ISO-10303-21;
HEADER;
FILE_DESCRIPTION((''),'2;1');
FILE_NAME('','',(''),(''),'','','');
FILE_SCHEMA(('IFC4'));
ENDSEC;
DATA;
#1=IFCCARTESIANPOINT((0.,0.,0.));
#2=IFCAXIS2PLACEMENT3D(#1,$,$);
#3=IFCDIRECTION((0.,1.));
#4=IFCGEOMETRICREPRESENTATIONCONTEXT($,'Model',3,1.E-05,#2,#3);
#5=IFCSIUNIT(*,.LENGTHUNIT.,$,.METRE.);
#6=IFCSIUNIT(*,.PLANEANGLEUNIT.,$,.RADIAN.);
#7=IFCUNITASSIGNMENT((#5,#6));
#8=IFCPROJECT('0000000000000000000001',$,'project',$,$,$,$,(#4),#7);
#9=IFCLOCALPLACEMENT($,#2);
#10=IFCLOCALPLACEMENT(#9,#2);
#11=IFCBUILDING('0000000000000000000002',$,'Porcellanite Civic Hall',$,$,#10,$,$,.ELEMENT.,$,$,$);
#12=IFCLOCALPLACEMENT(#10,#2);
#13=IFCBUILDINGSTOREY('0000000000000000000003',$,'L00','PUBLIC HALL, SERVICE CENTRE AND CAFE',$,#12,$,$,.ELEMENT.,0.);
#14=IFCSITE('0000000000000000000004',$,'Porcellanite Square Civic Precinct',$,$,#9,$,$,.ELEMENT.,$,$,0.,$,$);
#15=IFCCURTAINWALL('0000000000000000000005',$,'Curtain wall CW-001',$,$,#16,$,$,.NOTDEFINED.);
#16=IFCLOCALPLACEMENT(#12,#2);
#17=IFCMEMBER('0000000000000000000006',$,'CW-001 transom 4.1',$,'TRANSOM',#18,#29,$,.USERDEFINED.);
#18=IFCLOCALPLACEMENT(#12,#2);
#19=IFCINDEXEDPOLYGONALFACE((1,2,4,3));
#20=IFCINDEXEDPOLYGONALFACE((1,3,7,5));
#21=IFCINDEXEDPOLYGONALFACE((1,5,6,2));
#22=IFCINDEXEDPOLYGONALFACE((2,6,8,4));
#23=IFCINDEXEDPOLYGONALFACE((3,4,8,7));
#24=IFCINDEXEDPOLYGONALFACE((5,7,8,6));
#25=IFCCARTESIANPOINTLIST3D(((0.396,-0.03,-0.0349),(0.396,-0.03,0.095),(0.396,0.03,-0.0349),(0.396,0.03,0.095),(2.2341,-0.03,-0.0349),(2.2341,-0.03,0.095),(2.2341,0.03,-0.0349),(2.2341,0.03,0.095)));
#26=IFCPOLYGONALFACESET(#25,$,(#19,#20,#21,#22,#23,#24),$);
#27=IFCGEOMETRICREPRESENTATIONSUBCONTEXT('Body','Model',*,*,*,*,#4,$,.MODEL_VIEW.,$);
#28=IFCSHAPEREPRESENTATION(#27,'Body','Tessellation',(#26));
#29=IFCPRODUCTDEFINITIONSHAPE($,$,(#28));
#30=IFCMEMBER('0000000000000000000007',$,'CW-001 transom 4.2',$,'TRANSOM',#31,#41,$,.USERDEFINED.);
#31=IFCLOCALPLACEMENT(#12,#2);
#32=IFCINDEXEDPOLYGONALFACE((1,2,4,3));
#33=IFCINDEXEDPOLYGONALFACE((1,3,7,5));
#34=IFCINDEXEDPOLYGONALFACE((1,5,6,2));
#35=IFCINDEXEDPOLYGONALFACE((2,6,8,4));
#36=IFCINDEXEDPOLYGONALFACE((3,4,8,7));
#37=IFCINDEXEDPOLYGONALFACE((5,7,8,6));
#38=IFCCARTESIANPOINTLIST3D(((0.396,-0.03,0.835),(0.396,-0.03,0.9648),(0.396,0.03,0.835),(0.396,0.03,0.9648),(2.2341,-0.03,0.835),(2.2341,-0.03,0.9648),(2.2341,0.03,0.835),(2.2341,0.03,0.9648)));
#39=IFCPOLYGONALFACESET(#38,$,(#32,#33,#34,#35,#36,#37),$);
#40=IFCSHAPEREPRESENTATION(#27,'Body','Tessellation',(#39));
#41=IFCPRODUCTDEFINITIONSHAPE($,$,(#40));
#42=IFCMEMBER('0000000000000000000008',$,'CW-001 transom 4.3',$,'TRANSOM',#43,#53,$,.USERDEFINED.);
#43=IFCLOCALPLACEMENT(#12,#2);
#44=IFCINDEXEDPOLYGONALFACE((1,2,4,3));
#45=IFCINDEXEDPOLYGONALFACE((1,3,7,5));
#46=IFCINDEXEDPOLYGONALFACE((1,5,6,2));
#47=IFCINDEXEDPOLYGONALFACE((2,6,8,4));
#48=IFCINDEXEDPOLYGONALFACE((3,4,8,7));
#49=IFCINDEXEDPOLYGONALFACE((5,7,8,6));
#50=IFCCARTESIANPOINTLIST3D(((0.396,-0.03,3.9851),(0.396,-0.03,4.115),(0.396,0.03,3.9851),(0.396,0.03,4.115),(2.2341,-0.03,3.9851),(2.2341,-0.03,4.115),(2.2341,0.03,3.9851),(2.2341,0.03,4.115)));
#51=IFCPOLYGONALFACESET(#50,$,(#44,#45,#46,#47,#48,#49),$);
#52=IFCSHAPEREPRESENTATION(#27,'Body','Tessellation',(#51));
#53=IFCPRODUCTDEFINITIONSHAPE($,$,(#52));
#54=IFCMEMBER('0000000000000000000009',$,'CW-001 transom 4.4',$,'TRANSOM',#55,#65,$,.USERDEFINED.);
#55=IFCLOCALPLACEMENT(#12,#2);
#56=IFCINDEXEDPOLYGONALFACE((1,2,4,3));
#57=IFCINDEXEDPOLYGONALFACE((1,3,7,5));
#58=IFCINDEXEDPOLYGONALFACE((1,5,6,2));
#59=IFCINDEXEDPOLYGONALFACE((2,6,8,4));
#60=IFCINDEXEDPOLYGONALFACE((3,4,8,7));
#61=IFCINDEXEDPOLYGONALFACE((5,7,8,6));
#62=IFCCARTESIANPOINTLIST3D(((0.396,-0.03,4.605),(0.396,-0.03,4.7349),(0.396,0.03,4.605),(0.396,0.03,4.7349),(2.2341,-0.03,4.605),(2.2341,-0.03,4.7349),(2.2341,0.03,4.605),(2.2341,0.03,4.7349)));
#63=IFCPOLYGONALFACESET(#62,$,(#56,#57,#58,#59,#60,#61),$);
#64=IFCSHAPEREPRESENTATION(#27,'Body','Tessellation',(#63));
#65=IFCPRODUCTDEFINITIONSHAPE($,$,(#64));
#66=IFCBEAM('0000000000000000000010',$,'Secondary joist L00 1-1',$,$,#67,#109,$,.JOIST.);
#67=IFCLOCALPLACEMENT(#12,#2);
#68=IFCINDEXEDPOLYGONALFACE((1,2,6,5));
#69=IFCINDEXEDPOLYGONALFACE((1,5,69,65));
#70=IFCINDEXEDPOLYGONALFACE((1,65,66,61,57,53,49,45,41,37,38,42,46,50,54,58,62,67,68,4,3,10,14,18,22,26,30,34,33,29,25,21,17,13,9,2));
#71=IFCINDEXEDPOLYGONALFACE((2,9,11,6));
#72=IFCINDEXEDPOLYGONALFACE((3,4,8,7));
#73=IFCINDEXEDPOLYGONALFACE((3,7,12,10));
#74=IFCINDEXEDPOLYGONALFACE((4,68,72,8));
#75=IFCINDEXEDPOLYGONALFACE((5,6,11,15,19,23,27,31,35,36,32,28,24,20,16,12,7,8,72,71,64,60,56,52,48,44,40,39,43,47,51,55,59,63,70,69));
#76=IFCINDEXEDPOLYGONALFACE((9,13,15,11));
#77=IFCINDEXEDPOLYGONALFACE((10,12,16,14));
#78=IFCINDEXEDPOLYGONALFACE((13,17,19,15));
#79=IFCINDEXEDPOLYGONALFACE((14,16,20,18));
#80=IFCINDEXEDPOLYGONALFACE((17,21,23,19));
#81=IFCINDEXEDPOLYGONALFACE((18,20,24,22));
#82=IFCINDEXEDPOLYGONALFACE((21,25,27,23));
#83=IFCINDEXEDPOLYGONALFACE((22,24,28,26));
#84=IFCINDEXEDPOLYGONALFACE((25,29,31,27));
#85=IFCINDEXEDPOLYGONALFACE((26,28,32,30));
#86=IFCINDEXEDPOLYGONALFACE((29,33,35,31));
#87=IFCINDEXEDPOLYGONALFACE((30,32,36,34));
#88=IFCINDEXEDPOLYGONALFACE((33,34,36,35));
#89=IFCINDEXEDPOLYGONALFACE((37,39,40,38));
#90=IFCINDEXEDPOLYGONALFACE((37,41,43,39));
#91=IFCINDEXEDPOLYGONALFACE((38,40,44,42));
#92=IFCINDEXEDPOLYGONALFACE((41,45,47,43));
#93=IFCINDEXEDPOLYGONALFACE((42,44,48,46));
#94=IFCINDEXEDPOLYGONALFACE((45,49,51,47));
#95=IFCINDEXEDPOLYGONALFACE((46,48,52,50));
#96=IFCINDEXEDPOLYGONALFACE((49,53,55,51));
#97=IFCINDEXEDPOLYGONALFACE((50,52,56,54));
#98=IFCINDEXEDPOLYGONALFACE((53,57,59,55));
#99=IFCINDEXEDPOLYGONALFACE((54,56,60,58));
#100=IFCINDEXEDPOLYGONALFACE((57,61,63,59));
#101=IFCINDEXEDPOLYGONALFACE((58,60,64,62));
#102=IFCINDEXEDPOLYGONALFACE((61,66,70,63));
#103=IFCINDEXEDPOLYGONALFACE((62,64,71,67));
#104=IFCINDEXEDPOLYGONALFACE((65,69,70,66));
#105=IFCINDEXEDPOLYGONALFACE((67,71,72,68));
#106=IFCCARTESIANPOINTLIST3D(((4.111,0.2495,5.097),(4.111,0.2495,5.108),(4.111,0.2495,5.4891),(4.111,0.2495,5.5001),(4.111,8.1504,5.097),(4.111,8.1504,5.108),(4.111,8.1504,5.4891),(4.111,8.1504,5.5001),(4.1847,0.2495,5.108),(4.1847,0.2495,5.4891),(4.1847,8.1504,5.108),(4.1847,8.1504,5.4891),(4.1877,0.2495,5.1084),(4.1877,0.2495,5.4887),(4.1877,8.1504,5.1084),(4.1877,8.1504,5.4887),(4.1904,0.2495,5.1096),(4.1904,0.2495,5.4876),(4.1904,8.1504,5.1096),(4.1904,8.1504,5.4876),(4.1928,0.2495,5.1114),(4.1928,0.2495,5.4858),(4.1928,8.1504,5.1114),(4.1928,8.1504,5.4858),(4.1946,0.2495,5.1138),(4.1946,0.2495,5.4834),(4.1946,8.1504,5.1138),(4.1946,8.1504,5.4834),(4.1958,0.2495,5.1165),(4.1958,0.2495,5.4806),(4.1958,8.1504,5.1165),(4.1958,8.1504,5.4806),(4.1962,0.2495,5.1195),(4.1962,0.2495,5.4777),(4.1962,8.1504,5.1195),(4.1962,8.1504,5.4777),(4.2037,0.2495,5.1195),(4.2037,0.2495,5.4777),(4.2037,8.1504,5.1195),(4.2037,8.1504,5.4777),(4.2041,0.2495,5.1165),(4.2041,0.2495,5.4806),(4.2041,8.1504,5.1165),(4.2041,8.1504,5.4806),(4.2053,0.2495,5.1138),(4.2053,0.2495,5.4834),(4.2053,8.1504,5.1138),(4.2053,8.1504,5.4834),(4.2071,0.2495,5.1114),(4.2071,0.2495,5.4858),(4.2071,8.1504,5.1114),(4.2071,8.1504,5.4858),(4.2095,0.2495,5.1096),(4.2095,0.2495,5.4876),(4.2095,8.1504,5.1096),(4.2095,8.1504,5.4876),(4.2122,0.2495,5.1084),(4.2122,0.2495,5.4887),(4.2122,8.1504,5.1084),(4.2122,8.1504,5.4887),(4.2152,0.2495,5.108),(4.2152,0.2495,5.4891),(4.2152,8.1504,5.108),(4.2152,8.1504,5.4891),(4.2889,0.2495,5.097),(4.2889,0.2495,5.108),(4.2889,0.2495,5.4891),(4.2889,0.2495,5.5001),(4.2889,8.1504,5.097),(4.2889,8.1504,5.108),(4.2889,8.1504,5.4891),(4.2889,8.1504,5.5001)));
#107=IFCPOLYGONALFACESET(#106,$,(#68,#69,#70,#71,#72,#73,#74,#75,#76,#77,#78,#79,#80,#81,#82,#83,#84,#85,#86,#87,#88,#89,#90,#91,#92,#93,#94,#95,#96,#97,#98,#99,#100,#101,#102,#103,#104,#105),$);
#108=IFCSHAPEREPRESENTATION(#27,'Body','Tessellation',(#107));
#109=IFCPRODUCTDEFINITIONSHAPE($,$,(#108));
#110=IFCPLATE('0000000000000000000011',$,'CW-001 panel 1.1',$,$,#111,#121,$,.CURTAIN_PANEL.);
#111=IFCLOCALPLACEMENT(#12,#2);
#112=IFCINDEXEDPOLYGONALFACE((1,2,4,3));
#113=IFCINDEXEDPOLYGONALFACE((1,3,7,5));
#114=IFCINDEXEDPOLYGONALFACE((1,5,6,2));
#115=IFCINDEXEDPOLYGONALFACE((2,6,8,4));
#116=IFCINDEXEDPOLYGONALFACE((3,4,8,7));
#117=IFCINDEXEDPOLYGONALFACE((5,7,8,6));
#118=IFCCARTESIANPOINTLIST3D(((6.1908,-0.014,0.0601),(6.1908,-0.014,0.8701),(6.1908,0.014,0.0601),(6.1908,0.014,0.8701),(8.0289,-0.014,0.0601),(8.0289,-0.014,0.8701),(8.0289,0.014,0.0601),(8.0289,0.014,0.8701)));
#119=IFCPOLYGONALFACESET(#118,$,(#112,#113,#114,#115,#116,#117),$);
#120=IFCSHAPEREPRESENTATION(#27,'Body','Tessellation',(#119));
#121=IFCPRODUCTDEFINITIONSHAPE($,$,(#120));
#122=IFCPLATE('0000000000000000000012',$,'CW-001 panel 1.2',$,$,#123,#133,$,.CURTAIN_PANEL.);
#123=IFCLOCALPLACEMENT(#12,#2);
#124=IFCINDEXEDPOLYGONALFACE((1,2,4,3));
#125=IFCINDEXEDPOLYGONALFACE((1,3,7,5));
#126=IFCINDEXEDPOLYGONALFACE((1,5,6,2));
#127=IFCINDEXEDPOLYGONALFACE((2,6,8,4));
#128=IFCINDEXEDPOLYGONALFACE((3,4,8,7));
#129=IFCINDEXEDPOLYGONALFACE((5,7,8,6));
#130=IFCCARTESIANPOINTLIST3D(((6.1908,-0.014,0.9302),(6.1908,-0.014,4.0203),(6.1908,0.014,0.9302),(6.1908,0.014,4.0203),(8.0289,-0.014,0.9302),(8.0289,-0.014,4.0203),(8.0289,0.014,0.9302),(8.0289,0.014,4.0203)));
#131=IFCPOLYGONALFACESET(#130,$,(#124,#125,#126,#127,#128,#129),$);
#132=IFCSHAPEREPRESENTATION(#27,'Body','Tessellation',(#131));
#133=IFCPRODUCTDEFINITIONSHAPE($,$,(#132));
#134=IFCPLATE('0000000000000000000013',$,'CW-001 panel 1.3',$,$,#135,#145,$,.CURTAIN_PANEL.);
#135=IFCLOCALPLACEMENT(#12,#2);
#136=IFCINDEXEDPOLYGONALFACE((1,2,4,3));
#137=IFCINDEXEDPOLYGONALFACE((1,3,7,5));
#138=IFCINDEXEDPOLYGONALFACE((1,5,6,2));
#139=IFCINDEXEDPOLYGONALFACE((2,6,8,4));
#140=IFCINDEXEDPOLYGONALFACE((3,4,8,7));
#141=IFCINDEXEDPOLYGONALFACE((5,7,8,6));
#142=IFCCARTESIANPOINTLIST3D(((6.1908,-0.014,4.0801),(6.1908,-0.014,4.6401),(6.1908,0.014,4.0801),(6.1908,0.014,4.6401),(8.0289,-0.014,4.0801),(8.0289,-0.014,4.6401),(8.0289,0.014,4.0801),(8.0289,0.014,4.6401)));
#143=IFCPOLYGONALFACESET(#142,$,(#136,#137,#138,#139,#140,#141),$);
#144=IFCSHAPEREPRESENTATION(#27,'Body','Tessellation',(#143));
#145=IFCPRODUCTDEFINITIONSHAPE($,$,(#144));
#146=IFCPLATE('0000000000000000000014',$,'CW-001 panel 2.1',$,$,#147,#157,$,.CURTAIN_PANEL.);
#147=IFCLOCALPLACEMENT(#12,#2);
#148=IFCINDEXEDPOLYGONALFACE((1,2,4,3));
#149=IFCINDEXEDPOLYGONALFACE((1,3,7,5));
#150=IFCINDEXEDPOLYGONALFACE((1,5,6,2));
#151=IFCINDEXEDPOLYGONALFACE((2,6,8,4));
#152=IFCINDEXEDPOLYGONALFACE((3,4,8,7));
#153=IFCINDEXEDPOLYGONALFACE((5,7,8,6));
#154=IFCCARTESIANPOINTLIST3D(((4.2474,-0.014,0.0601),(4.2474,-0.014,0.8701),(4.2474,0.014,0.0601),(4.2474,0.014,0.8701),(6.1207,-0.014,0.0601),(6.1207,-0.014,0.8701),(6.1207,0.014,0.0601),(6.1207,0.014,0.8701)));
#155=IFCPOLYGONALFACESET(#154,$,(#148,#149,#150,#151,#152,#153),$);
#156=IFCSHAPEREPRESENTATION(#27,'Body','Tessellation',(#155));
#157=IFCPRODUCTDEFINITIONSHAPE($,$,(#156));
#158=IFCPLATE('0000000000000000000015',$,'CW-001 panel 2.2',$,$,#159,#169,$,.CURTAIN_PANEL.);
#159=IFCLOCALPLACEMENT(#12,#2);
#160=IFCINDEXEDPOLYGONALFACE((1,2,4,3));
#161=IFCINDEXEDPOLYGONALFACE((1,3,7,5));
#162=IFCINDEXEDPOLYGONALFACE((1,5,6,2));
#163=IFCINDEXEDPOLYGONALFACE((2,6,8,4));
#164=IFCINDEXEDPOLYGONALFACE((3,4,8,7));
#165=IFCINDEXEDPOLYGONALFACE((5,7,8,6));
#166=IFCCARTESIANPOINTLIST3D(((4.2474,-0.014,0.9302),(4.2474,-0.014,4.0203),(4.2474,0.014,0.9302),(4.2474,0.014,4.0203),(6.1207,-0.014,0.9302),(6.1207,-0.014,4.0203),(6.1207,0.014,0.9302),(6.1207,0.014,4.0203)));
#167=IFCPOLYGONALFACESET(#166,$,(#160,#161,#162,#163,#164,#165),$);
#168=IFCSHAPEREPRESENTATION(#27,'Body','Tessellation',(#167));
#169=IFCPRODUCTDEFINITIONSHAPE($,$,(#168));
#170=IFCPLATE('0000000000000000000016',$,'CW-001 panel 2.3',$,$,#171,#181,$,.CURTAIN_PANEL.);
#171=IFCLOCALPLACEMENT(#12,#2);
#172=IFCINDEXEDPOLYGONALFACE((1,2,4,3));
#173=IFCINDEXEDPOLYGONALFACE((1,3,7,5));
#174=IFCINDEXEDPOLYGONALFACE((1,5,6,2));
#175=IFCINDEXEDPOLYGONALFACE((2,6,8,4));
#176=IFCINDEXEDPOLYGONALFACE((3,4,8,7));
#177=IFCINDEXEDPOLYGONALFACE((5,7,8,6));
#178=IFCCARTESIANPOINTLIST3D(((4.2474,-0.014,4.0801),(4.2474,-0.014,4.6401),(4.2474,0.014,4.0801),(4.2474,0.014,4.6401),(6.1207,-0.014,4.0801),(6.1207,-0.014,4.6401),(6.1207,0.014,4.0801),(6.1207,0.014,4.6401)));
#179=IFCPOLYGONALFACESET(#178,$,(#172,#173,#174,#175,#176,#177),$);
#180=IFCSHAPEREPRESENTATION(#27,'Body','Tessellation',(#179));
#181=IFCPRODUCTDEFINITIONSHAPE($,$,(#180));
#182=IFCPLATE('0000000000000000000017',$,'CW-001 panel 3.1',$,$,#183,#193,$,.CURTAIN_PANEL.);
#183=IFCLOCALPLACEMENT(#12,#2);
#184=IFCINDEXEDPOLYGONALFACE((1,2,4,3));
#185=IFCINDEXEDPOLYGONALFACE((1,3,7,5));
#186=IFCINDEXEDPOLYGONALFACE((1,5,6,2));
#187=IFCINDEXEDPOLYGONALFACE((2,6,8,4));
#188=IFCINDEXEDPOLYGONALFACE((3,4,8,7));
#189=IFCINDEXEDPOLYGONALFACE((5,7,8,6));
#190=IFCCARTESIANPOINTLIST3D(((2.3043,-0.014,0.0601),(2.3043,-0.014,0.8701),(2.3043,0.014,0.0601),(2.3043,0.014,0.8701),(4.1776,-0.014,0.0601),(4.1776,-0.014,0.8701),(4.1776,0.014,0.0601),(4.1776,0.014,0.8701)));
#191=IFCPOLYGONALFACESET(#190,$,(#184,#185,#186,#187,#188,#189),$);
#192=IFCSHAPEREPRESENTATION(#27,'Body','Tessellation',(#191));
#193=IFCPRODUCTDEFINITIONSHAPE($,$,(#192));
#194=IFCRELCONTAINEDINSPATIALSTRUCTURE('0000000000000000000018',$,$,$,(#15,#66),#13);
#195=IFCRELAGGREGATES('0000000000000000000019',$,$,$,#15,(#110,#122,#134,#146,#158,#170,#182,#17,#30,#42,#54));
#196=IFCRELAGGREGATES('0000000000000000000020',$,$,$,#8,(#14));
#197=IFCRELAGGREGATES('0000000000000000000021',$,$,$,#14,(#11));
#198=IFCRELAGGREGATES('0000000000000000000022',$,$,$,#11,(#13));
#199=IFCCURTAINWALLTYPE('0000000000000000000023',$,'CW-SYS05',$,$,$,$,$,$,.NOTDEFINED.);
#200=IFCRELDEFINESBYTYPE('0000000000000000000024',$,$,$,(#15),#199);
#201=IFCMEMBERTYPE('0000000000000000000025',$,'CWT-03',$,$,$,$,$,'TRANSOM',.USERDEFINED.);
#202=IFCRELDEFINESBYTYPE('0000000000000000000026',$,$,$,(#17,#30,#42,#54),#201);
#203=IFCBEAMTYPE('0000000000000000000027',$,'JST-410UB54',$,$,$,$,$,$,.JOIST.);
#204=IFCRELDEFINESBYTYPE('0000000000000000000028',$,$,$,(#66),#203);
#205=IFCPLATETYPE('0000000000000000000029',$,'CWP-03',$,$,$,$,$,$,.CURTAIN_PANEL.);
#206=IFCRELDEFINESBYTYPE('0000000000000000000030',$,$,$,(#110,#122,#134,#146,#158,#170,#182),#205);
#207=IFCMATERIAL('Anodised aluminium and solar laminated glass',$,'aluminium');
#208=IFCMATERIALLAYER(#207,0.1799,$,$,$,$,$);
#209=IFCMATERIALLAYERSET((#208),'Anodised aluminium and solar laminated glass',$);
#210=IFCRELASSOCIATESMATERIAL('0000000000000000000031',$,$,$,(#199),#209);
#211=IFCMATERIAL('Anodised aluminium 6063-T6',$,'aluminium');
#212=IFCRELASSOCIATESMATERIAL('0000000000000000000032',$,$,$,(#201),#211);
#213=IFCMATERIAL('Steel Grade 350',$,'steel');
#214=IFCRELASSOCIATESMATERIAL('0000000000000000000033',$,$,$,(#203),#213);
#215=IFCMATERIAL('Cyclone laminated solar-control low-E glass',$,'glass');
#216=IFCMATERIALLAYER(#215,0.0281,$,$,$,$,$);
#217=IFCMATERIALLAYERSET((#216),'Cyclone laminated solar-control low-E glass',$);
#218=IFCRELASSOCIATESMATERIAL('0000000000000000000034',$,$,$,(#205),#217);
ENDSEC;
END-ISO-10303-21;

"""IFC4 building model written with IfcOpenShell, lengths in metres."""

from ifc_helpers import new_model, si_unit, direction, frame, origin, origin_2d, place, context, subcontext, project, spatial, rectangle, i_section, extrude, material, layer, layer_set, material_profile, profile_set, type_object, element, aggregate, save


model = new_model("IFC4")

# Units and contexts
model_context = context("Model", 3, precision=1e-05, world=origin(), true_north=direction((0.0, 1.0)))
body_context = subcontext(model_context, "Body", "Model", "MODEL_VIEW")
ifc_project = project(units=[si_unit("LENGTHUNIT", "METRE"), si_unit("PLANEANGLEUNIT", "RADIAN")], contexts=[model_context])

# Site, building, storey
site_placement = place(None, origin())
site = spatial("IfcSite", under=ifc_project, at=site_placement, Name="Porcellanite Square Civic Precinct", CompositionType="ELEMENT", RefElevation=0.0)
building_placement = place(site_placement, origin())
building = spatial("IfcBuilding", under=site, at=building_placement, Name="Porcellanite Civic Hall", CompositionType="ELEMENT")
storey_placement = place(building_placement, origin())
storey = spatial("IfcBuildingStorey", under=building, at=storey_placement, Name="L00", Description="PUBLIC HALL, SERVICE CENTRE AND CAFE", CompositionType="ELEMENT", Elevation=0.0)

# Curtain wall, members
ifc_material_1 = material(Name="Anodised aluminium and solar laminated glass", Category="aluminium")
ifc_layer_1 = layer(ifc_material_1, 0.1799)
ifc_layer_set_1 = layer_set([ifc_layer_1], Name="Anodised aluminium and solar laminated glass")
curtain_wall_type = type_object("IfcCurtainWallType", Name="CW-SYS05", PredefinedType="NOTDEFINED", material=ifc_layer_set_1)
curtain_wall_placement = place(storey_placement, origin())
curtain_wall = element("IfcCurtainWall", 1, at=curtain_wall_placement, inside=storey, type_object=curtain_wall_type, Name="Curtain wall CW-001", PredefinedType="NOTDEFINED")
ifc_material_2 = material(Name="Anodised aluminium 6063-T6", Category="aluminium")
ifc_material_profile_1 = material_profile(ifc_material_2, rectangle(XDim=0.0601, YDim=0.1299, at=origin_2d()), Name="AL-60x130")
ifc_profile_set_1 = profile_set([ifc_material_profile_1], Name="Anodised aluminium 6063-T6")
member_type_1 = type_object("IfcMemberType", Name="CWT-03", ElementType="TRANSOM", PredefinedType="USERDEFINED", material=ifc_profile_set_1)
member_1_placement = place(storey_placement, frame((2.2341, 0.0, 0.03), z_axis=(-1.0, 0.0, 0.0), x_axis=(0.0, -1.0, 0.0)))
member_1 = element("IfcMember", 2, at=member_1_placement, type_object=member_type_1, Name="CW-001 transom 4.1", ObjectType="TRANSOM", PredefinedType="USERDEFINED", context=body_context, shape_type="SweptSolid", body=[
    extrude(rectangle(XDim=0.0601, YDim=0.1299, at=origin_2d()), origin(), (0.0, 0.0, 1.0), 1.8381),
])
member_2_placement = place(storey_placement, frame((2.2341, 0.0, 0.8999), z_axis=(-1.0, 0.0, 0.0), x_axis=(0.0, -1.0, 0.0)))
member_2 = element("IfcMember", 3, at=member_2_placement, type_object=member_type_1, Name="CW-001 transom 4.2", ObjectType="TRANSOM", PredefinedType="USERDEFINED", context=body_context, shape_type="SweptSolid", body=[
    extrude(rectangle(XDim=0.0601, YDim=0.1299, at=origin_2d()), origin(), (0.0, 0.0, 1.0), 1.8381),
])
member_3_placement = place(storey_placement, frame((2.2341, 0.0, 4.05), z_axis=(-1.0, 0.0, 0.0), x_axis=(0.0, -1.0, 0.0)))
member_3 = element("IfcMember", 4, at=member_3_placement, type_object=member_type_1, Name="CW-001 transom 4.3", ObjectType="TRANSOM", PredefinedType="USERDEFINED", context=body_context, shape_type="SweptSolid", body=[
    extrude(rectangle(XDim=0.0601, YDim=0.1299, at=origin_2d()), origin(), (0.0, 0.0, 1.0), 1.8381),
])
member_4_placement = place(storey_placement, frame((2.2341, 0.0, 4.6699), z_axis=(-1.0, 0.0, 0.0), x_axis=(0.0, -1.0, 0.0)))
member_4 = element("IfcMember", 5, at=member_4_placement, type_object=member_type_1, Name="CW-001 transom 4.4", ObjectType="TRANSOM", PredefinedType="USERDEFINED", context=body_context, shape_type="SweptSolid", body=[
    extrude(rectangle(XDim=0.0601, YDim=0.1299, at=origin_2d()), origin(), (0.0, 0.0, 1.0), 1.8381),
])

# Beam
ifc_material_3 = material(Name="Steel Grade 350", Category="steel")
ifc_material_profile_2 = material_profile(ifc_material_3, i_section(OverallWidth=0.178, OverallDepth=0.4031, WebThickness=0.0076, FlangeThickness=0.011, FilletRadius=0.0115, at=origin_2d()), Name="410UB53.7")
ifc_profile_set_2 = profile_set([ifc_material_profile_2], Name="Steel Grade 350")
beam_type = type_object("IfcBeamType", Name="JST-410UB54", PredefinedType="JOIST", material=ifc_profile_set_2)
beam_placement = place(storey_placement, frame((4.2, 0.2495, 5.2986), z_axis=(0.0, 1.0, 0.0), x_axis=(-1.0, 0.0, 0.0)))
element("IfcBeam", 6, at=beam_placement, inside=storey, type_object=beam_type, Name="Secondary joist L00 1-1", PredefinedType="JOIST", context=body_context, shape_type="SweptSolid", body=[
    extrude(i_section(OverallWidth=0.178, OverallDepth=0.4031, WebThickness=0.0076, FlangeThickness=0.011, FilletRadius=0.0115, at=origin_2d()), origin(), (0.0, 0.0, 1.0), 7.9009),
])

# Plates
ifc_material_4 = material(Name="Cyclone laminated solar-control low-E glass", Category="glass")
ifc_layer_2 = layer(ifc_material_4, 0.0281)
ifc_layer_set_2 = layer_set([ifc_layer_2], Name="Cyclone laminated solar-control low-E glass")
plate_type = type_object("IfcPlateType", Name="CWP-03", PredefinedType="CURTAIN_PANEL", material=ifc_layer_set_2)
plate_1_placement = place(storey_placement, frame((7.1099, 0.0, 0.0601), z_axis=(0.0, 0.0, 1.0), x_axis=(-1.0, 0.0, 0.0)))
plate_1 = element("IfcPlate", 7, at=plate_1_placement, type_object=plate_type, Name="CW-001 panel 1.1", PredefinedType="CURTAIN_PANEL", context=body_context, shape_type="SweptSolid", body=[
    extrude(rectangle(XDim=1.8381, YDim=0.0281, at=origin_2d()), origin(), (0.0, 0.0, 1.0), 0.8101),
])
plate_2_placement = place(storey_placement, frame((7.1099, 0.0, 0.9302), z_axis=(0.0, 0.0, 1.0), x_axis=(-1.0, 0.0, 0.0)))
plate_2 = element("IfcPlate", 8, at=plate_2_placement, type_object=plate_type, Name="CW-001 panel 1.2", PredefinedType="CURTAIN_PANEL", context=body_context, shape_type="SweptSolid", body=[
    extrude(rectangle(XDim=1.8381, YDim=0.0281, at=origin_2d()), origin(), (0.0, 0.0, 1.0), 3.0901),
])
plate_3_placement = place(storey_placement, frame((7.1099, 0.0, 4.0801), z_axis=(0.0, 0.0, 1.0), x_axis=(-1.0, 0.0, 0.0)))
plate_3 = element("IfcPlate", 9, at=plate_3_placement, type_object=plate_type, Name="CW-001 panel 1.3", PredefinedType="CURTAIN_PANEL", context=body_context, shape_type="SweptSolid", body=[
    extrude(rectangle(XDim=1.8381, YDim=0.0281, at=origin_2d()), origin(), (0.0, 0.0, 1.0), 0.5601),
])
plate_4_placement = place(storey_placement, frame((5.1841, 0.0, 0.0601), z_axis=(0.0, 0.0, 1.0), x_axis=(-1.0, 0.0, 0.0)))
plate_4 = element("IfcPlate", 10, at=plate_4_placement, type_object=plate_type, Name="CW-001 panel 2.1", PredefinedType="CURTAIN_PANEL", context=body_context, shape_type="SweptSolid", body=[
    extrude(rectangle(XDim=1.8733, YDim=0.0281, at=origin_2d()), origin(), (0.0, 0.0, 1.0), 0.8101),
])
plate_5_placement = place(storey_placement, frame((5.1841, 0.0, 0.9302), z_axis=(0.0, 0.0, 1.0), x_axis=(-1.0, 0.0, 0.0)))
plate_5 = element("IfcPlate", 11, at=plate_5_placement, type_object=plate_type, Name="CW-001 panel 2.2", PredefinedType="CURTAIN_PANEL", context=body_context, shape_type="SweptSolid", body=[
    extrude(rectangle(XDim=1.8733, YDim=0.0281, at=origin_2d()), origin(), (0.0, 0.0, 1.0), 3.0901),
])
plate_6_placement = place(storey_placement, frame((5.1841, 0.0, 4.0801), z_axis=(0.0, 0.0, 1.0), x_axis=(-1.0, 0.0, 0.0)))
plate_6 = element("IfcPlate", 12, at=plate_6_placement, type_object=plate_type, Name="CW-001 panel 2.3", PredefinedType="CURTAIN_PANEL", context=body_context, shape_type="SweptSolid", body=[
    extrude(rectangle(XDim=1.8733, YDim=0.0281, at=origin_2d()), origin(), (0.0, 0.0, 1.0), 0.5601),
])
plate_7_placement = place(storey_placement, frame((3.241, 0.0, 0.0601), z_axis=(0.0, 0.0, 1.0), x_axis=(-1.0, 0.0, 0.0)))
plate_7 = element("IfcPlate", 13, at=plate_7_placement, type_object=plate_type, Name="CW-001 panel 3.1", PredefinedType="CURTAIN_PANEL", context=body_context, shape_type="SweptSolid", body=[
    extrude(rectangle(XDim=1.8733, YDim=0.0281, at=origin_2d()), origin(), (0.0, 0.0, 1.0), 0.8101),
])
aggregate(curtain_wall, [plate_1, plate_2, plate_3, plate_4, plate_5, plate_6, plate_7, member_1, member_2, member_3, member_4])

save(model, "model.ifc")
